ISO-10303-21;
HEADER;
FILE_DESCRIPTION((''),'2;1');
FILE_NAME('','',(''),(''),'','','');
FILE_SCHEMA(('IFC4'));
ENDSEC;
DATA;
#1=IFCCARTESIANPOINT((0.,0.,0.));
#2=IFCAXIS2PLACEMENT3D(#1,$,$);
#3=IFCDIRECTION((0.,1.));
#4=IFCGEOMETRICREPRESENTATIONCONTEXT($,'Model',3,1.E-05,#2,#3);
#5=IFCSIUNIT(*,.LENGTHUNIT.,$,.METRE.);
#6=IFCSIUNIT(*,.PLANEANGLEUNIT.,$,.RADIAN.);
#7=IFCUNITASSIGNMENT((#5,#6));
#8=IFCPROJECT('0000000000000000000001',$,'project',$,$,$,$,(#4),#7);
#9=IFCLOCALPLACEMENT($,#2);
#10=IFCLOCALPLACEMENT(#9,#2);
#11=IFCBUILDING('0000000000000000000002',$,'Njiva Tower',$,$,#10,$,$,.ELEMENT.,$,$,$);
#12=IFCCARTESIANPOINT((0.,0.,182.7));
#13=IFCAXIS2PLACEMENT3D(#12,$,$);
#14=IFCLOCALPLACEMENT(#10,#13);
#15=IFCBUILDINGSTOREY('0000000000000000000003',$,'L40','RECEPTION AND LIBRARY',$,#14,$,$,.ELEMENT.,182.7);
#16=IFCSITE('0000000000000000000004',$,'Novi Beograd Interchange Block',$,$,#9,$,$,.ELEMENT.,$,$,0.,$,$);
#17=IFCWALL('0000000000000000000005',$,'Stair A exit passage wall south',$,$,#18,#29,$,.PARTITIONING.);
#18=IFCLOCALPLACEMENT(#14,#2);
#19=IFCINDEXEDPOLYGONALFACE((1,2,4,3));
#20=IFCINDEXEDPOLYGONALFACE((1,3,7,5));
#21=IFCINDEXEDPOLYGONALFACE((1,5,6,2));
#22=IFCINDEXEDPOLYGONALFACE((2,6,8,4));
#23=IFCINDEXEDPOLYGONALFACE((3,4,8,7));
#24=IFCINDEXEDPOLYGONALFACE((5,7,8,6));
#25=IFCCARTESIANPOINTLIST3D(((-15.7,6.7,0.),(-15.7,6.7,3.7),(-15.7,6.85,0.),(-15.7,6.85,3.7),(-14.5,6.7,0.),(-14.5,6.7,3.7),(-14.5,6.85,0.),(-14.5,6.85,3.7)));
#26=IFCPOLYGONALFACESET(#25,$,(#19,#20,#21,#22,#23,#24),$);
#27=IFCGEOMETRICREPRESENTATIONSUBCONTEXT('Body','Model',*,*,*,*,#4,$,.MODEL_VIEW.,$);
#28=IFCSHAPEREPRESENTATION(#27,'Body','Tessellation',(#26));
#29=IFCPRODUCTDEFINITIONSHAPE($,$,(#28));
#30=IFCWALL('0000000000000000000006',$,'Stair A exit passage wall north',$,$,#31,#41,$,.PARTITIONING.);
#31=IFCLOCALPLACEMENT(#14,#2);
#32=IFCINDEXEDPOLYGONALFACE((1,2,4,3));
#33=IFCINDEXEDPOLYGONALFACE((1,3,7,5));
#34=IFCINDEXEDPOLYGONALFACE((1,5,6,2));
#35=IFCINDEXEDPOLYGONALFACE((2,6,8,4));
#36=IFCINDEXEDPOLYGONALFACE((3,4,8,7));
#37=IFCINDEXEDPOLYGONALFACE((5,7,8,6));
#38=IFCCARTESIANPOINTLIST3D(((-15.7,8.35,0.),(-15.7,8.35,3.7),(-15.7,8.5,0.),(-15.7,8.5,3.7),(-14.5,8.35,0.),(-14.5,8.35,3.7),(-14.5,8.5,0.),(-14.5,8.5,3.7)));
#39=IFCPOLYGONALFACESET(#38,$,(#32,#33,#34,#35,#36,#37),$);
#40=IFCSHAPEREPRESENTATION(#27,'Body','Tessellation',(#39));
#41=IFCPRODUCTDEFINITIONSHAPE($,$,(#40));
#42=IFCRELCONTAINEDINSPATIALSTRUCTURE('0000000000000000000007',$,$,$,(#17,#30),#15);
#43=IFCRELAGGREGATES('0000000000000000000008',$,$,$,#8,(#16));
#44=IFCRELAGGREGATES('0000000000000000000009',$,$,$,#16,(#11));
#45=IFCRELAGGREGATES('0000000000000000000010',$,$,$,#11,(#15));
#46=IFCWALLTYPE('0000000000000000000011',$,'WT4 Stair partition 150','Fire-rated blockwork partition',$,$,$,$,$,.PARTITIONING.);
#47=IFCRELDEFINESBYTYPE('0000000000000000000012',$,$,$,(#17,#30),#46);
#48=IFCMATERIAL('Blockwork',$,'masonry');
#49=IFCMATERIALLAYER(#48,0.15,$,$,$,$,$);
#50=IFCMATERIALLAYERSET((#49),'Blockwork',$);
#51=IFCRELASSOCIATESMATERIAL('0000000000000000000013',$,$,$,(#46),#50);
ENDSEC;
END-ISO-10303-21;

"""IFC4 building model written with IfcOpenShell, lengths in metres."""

from ifc_helpers import new_model, si_unit, direction, frame, frame_2d, origin, place, context, subcontext, project, spatial, rectangle, extrude, material, layer, layer_set, type_object, element, save


model = new_model("IFC4")

# Units and contexts
model_context = context("Model", 3, precision=1e-05, world=origin(), true_north=direction((0.0, 1.0)))
body_context = subcontext(model_context, "Body", "Model", "MODEL_VIEW")
ifc_project = project(units=[si_unit("LENGTHUNIT", "METRE"), si_unit("PLANEANGLEUNIT", "RADIAN")], contexts=[model_context])

# Site, building, storey
site_placement = place(None, origin())
site = spatial("IfcSite", under=ifc_project, at=site_placement, Name="Novi Beograd Interchange Block", CompositionType="ELEMENT", RefElevation=0.0)
building_placement = place(site_placement, origin())
building = spatial("IfcBuilding", under=site, at=building_placement, Name="Njiva Tower", CompositionType="ELEMENT")
storey_placement = place(building_placement, frame((0.0, 0.0, 182.7)))
storey = spatial("IfcBuildingStorey", under=building, at=storey_placement, Name="L40", Description="RECEPTION AND LIBRARY", CompositionType="ELEMENT", Elevation=182.7)

# Shared definitions
ifc_material_1 = material(Name="Blockwork", Category="masonry")

# Walls
ifc_layer_1 = layer(ifc_material_1, 0.15)
ifc_layer_set_1 = layer_set([ifc_layer_1], Name="Blockwork")
wall_type_1 = type_object("IfcWallType", Name="WT4 Stair partition 150", Description="Fire-rated blockwork partition", PredefinedType="PARTITIONING", material=ifc_layer_set_1)
for number, where, z_axis, x_axis, name in (
    (1, (-15.7, 6.775, 0.0), (0.0, 0.0, 1.0), (1.0, 0.0, 0.0), "Stair A exit passage wall south"),
    (2, (-15.7, 8.425, 0.0), (0.0, 0.0, 1.0), (1.0, 0.0, 0.0), "Stair A exit passage wall north"),
):
    element("IfcWall", number, at=place(storey_placement, frame(where, z_axis=z_axis, x_axis=x_axis)), inside=storey, type_object=wall_type_1, Name=name, PredefinedType="PARTITIONING", context=body_context, shape_type="SweptSolid", body=[
        extrude(rectangle(XDim=1.2, YDim=0.15, at=frame_2d((0.6, 0.0))), origin(), (0.0, 0.0, 1.0), 3.7),
    ])

save(model, "model.ifc")
